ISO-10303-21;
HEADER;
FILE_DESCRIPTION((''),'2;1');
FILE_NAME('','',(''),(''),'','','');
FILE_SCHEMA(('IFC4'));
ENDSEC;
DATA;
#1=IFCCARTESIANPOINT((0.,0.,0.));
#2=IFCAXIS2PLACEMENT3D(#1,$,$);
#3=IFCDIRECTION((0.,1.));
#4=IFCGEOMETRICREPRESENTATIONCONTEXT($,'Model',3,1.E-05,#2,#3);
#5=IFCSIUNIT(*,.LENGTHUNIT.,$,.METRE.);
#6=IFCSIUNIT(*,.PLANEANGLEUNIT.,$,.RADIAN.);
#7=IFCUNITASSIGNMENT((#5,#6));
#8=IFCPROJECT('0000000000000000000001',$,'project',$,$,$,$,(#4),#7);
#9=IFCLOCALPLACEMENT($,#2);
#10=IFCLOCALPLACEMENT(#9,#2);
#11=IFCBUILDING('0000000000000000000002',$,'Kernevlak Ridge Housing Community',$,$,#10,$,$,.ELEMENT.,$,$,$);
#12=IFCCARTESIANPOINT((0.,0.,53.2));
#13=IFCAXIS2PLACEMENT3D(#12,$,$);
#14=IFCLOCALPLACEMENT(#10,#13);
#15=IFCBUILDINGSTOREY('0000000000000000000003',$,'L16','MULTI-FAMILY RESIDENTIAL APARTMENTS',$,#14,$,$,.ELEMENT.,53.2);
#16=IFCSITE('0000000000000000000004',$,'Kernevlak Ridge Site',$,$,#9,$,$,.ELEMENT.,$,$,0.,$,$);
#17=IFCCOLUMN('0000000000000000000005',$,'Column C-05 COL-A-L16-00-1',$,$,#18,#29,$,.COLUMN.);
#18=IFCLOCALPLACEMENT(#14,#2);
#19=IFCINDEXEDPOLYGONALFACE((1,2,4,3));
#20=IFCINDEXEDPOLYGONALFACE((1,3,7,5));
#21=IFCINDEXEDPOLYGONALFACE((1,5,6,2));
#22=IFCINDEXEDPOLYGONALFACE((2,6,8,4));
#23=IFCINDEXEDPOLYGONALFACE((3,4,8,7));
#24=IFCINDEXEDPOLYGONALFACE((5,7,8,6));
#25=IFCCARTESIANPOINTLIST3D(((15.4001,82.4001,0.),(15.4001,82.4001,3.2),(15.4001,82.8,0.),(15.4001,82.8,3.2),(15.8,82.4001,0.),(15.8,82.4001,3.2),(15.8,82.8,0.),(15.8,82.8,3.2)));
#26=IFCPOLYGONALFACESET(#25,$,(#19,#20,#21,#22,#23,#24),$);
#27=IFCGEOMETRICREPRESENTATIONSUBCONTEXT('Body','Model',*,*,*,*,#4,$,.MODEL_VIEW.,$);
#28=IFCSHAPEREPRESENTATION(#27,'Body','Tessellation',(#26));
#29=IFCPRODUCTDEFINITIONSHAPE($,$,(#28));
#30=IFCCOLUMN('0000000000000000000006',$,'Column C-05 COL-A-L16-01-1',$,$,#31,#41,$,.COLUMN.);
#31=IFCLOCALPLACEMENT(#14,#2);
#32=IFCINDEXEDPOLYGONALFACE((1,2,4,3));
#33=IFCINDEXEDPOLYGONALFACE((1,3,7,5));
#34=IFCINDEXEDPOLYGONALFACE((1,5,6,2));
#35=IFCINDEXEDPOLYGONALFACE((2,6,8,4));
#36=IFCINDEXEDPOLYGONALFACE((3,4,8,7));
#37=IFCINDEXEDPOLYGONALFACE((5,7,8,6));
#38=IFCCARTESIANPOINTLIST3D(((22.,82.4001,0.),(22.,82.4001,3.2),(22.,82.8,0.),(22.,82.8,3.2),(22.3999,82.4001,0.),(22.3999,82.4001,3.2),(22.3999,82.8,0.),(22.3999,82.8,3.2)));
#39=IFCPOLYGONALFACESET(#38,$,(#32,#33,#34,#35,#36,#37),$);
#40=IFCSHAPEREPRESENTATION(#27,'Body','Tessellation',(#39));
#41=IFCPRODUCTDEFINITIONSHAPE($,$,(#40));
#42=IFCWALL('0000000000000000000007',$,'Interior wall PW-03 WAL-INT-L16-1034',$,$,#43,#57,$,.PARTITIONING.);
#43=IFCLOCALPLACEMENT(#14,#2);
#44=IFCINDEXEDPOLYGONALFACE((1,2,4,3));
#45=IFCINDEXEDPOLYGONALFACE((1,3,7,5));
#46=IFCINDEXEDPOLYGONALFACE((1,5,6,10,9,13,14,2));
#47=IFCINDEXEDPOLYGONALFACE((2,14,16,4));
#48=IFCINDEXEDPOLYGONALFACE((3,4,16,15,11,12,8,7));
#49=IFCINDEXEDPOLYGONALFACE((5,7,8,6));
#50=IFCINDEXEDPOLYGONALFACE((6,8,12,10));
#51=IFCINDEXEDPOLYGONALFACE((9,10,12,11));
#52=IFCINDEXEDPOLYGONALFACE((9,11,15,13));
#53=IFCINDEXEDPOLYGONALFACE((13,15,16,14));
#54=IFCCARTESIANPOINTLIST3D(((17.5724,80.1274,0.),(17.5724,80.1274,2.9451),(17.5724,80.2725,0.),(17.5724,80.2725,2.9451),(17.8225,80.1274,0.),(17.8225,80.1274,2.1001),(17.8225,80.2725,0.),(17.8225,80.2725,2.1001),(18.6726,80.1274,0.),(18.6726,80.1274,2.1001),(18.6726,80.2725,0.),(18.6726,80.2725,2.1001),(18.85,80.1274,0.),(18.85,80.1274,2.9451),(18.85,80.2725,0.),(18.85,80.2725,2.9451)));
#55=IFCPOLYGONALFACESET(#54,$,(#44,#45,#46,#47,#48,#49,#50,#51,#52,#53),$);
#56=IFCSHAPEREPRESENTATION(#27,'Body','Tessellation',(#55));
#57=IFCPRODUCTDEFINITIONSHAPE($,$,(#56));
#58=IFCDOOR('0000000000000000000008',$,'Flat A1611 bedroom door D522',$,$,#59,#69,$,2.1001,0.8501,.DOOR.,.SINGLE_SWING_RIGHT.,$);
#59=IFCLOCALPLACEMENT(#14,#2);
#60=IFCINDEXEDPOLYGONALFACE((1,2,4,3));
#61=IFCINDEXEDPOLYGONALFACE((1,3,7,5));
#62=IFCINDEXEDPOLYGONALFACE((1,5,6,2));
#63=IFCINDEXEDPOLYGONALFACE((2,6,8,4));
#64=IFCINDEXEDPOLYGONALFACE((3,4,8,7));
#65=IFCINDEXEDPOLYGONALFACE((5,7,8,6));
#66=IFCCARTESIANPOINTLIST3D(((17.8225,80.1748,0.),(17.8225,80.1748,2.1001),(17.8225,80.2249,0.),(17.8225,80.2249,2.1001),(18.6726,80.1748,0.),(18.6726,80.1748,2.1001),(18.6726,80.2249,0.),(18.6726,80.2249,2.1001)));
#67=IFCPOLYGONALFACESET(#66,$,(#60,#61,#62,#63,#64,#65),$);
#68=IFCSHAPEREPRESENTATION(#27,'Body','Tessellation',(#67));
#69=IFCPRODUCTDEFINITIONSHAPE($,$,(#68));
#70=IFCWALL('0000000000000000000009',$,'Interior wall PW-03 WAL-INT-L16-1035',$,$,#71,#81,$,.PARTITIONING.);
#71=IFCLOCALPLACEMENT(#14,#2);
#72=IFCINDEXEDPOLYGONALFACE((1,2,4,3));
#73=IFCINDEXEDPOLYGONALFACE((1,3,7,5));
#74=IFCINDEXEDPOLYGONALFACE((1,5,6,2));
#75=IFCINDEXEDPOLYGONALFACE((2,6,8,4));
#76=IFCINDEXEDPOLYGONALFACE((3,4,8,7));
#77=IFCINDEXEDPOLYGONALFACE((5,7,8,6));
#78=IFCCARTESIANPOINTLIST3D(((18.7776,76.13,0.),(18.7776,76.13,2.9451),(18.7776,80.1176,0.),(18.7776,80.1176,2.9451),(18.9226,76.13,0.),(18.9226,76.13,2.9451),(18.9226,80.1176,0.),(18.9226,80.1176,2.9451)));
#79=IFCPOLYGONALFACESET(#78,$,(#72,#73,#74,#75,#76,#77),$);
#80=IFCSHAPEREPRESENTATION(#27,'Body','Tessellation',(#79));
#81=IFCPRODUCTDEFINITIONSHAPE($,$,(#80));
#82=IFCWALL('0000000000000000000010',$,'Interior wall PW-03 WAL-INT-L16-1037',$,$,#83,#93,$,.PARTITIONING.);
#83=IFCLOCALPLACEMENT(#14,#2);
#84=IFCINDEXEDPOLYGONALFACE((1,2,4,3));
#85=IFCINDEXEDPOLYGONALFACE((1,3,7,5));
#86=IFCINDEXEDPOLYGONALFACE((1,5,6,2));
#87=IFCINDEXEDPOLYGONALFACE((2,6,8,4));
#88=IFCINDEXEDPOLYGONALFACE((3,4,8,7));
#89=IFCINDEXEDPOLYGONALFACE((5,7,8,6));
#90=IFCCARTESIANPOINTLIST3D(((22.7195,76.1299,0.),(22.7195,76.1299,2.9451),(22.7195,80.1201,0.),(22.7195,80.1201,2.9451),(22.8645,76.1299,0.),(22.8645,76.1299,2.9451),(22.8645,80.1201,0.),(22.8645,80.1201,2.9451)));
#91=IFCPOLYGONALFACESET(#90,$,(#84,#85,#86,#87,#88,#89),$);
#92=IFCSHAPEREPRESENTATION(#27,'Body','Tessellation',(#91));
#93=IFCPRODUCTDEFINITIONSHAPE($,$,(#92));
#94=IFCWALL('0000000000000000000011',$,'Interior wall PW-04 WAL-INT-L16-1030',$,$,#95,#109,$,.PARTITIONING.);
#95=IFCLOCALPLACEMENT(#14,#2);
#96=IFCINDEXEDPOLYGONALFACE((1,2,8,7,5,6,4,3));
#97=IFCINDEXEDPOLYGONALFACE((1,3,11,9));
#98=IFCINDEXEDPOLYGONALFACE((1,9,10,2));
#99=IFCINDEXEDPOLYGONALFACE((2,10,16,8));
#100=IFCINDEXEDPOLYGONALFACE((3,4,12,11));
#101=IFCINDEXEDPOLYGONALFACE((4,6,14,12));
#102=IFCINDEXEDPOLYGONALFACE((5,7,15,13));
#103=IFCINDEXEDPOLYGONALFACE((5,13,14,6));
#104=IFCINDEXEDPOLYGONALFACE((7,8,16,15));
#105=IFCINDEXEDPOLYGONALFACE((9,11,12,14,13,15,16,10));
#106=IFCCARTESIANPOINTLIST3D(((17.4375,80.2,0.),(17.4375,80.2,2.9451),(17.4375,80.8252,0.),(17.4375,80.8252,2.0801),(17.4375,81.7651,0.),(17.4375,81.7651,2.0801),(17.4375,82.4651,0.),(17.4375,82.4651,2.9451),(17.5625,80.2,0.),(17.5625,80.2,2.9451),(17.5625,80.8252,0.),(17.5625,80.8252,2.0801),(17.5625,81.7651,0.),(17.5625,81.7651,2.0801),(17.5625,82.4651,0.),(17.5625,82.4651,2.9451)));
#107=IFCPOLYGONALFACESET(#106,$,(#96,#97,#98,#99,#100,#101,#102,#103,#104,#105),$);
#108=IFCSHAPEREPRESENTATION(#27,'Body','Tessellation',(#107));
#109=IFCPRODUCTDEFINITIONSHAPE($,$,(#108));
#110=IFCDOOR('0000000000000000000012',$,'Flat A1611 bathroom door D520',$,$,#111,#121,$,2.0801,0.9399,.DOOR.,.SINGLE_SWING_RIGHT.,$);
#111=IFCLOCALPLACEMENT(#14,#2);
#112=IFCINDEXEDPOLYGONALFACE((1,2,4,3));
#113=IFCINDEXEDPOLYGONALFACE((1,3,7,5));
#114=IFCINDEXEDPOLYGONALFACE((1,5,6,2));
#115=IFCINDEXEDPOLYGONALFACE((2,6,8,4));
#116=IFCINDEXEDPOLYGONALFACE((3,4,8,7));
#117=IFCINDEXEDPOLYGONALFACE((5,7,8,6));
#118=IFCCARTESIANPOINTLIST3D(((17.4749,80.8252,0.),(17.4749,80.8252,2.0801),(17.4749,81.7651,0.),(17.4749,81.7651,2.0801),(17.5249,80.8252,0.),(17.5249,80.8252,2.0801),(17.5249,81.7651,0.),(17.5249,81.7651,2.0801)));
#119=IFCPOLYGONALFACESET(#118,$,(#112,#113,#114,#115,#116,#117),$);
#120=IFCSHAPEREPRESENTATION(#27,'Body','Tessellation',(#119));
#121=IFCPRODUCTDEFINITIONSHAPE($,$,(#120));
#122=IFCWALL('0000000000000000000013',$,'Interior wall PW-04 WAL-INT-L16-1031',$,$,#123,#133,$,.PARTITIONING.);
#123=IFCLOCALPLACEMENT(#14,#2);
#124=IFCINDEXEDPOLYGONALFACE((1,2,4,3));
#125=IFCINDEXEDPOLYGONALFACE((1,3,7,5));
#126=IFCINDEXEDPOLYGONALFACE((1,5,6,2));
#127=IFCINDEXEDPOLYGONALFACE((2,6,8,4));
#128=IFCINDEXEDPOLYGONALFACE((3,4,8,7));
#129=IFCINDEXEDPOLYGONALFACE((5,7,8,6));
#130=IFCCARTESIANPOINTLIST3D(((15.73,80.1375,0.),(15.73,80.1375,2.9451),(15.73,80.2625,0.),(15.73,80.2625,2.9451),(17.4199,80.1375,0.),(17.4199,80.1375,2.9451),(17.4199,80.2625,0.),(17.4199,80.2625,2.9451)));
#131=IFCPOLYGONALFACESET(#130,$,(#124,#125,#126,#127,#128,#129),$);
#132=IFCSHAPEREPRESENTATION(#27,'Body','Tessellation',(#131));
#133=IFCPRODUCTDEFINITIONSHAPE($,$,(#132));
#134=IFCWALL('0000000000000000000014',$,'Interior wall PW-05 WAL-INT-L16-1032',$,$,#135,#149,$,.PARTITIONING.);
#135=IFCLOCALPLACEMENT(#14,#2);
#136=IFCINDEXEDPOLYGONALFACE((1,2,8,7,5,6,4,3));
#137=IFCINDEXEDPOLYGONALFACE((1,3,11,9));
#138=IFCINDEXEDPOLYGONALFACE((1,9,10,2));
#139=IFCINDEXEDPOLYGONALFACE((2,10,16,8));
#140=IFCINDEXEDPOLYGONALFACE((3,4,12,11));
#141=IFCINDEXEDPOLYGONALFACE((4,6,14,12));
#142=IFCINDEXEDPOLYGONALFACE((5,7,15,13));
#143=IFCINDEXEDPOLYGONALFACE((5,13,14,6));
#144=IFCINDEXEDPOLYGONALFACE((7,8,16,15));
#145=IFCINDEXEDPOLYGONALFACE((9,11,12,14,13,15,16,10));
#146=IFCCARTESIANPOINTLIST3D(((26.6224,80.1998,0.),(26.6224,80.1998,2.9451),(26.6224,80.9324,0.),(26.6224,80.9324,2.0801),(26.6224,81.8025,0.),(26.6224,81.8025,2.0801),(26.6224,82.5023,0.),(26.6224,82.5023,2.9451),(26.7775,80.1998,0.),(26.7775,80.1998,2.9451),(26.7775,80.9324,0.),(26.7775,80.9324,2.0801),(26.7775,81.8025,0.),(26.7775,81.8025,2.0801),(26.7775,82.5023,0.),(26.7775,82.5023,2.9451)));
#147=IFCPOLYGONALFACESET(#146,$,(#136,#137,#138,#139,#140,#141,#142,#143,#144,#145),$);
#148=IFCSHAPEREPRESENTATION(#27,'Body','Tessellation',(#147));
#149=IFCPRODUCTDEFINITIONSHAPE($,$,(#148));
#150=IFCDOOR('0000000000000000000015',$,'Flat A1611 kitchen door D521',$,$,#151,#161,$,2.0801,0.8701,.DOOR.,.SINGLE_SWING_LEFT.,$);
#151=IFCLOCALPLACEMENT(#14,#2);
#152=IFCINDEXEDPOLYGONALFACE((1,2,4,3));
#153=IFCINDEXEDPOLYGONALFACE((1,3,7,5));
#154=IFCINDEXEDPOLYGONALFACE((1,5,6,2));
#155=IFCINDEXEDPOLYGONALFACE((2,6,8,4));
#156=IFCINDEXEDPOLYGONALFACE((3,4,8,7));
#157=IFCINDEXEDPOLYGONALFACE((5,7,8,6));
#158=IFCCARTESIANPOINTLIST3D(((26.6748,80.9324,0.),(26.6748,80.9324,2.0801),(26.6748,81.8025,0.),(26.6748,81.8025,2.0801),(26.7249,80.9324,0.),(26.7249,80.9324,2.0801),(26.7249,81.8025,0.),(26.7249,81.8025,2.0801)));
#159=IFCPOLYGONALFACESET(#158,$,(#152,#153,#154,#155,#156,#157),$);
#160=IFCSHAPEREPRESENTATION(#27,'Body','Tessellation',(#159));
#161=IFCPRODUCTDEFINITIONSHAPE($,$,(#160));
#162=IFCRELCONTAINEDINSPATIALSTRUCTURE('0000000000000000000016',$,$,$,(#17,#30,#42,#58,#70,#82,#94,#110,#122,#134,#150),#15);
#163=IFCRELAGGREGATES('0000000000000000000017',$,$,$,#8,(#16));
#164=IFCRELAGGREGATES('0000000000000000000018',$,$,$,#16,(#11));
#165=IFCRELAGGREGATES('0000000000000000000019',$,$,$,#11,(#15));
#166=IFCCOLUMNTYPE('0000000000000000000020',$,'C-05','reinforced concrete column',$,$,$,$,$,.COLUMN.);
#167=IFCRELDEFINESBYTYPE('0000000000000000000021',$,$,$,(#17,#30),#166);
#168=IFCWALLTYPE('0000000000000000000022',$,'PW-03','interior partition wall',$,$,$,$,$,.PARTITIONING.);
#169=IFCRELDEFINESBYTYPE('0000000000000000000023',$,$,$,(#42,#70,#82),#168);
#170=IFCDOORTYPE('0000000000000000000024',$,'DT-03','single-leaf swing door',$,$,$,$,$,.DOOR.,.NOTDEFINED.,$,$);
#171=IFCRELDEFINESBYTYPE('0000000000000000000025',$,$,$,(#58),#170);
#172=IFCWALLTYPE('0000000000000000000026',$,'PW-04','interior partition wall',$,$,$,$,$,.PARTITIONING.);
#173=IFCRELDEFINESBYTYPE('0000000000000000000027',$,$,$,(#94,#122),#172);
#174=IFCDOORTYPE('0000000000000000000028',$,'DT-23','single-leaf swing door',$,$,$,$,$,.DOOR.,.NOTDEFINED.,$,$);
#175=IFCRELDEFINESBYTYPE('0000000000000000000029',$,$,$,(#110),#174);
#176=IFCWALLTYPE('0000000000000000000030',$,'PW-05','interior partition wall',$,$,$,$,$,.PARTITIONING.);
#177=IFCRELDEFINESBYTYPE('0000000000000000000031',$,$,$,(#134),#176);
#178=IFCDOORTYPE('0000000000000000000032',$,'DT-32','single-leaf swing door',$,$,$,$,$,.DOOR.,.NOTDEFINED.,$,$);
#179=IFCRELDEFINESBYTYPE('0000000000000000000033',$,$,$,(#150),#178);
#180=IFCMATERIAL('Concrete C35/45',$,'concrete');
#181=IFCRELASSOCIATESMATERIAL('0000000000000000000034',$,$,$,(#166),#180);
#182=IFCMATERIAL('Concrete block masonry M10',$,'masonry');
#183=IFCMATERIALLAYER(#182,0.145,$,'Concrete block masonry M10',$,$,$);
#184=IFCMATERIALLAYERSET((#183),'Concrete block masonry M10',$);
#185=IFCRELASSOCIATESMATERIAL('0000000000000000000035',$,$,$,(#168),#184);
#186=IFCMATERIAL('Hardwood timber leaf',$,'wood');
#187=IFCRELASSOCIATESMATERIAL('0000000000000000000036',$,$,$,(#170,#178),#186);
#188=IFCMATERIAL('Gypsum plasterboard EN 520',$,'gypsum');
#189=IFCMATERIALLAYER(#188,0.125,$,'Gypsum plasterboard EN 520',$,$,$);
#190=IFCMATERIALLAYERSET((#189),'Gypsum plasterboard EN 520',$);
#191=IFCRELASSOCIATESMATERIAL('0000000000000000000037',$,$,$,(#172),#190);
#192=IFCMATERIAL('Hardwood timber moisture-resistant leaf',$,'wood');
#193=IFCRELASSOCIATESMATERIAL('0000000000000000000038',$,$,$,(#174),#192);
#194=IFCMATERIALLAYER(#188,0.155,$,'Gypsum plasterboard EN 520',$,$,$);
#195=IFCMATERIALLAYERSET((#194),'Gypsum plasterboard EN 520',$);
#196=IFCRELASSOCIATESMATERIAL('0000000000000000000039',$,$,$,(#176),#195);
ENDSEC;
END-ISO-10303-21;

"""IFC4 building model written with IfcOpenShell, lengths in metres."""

from ifc_helpers import new_model, si_unit, direction, frame, frame_2d, origin, origin_2d, place, context, subcontext, project, spatial, rectangle, extrude, material, layer, layer_set, material_profile, profile_set, type_object, element, fill, save


model = new_model("IFC4")

# Units and contexts
model_context = context("Model", 3, precision=1e-05, world=origin(), true_north=direction((0.0, 1.0)))
body_context = subcontext(model_context, "Body", "Model", "MODEL_VIEW")
ifc_project = project(units=[si_unit("LENGTHUNIT", "METRE"), si_unit("PLANEANGLEUNIT", "RADIAN")], contexts=[model_context])

# Site, building, storey
site_placement = place(None, origin())
site = spatial("IfcSite", under=ifc_project, at=site_placement, Name="Kernevlak Ridge Site", CompositionType="ELEMENT", RefElevation=0.0)
building_placement = place(site_placement, origin())
building = spatial("IfcBuilding", under=site, at=building_placement, Name="Kernevlak Ridge Housing Community", CompositionType="ELEMENT")
storey_placement = place(building_placement, frame((0.0, 0.0, 53.2)))
storey = spatial("IfcBuildingStorey", under=building, at=storey_placement, Name="L16", Description="MULTI-FAMILY RESIDENTIAL APARTMENTS", CompositionType="ELEMENT", Elevation=53.2)

# Columns
ifc_material_1 = material(Name="Concrete C35/45", Category="concrete")
ifc_material_profile = material_profile(ifc_material_1, rectangle(XDim=0.3999, YDim=0.3999, at=origin_2d()), Name="RC 400x400")
ifc_profile_set = profile_set([ifc_material_profile], Name="Concrete C35/45")
column_type = type_object("IfcColumnType", Name="C-05", Description="reinforced concrete column", PredefinedType="COLUMN", material=ifc_profile_set)
for number, where, z_axis, x_axis, name in (
    (1, (15.6001, 82.6001, 0.0), (0.0, 0.0, 1.0), (1.0, 0.0, 0.0), "Column C-05 COL-A-L16-00-1"),
    (2, (22.2, 82.6001, 0.0), (0.0, 0.0, 1.0), (1.0, 0.0, 0.0), "Column C-05 COL-A-L16-01-1"),
):
    element("IfcColumn", number, at=place(storey_placement, frame(where, z_axis=z_axis, x_axis=x_axis)), inside=storey, type_object=column_type, Name=name, PredefinedType="COLUMN", context=body_context, shape_type="SweptSolid", body=[
        extrude(rectangle(XDim=0.3999, YDim=0.3999, at=origin_2d()), origin(), (0.0, 0.0, 1.0), 3.2),
    ])

# Wall, opening, door
ifc_material_2 = material(Name="Concrete block masonry M10", Category="masonry")
ifc_layer_1 = layer(ifc_material_2, 0.145, Name="Concrete block masonry M10")
ifc_layer_set_1 = layer_set([ifc_layer_1], Name="Concrete block masonry M10")
wall_type_1 = type_object("IfcWallType", Name="PW-03", Description="interior partition wall", PredefinedType="PARTITIONING", material=ifc_layer_set_1)
wall_1_placement = place(storey_placement, frame((17.5725, 80.2, 0.0), z_axis=(0.0, 0.0, 1.0), x_axis=(1.0, 0.0, 0.0)))
wall_1 = element("IfcWall", 3, at=wall_1_placement, inside=storey, type_object=wall_type_1, Name="Interior wall PW-03 WAL-INT-L16-1034", PredefinedType="PARTITIONING", context=body_context, shape_type="SweptSolid", body=[
    extrude(rectangle(XDim=1.2776, YDim=0.145, at=frame_2d((0.6387, 0.0))), origin(), (0.0, 0.0, 1.0), 2.9451),
])
opening_1_placement = place(wall_1_placement, frame((0.25, 0.0, 0.0)))
opening_1 = element("IfcOpeningElement", 4, at=opening_1_placement, cuts=wall_1, PredefinedType="OPENING", context=body_context, shape_type="SweptSolid", body=[
    extrude(rectangle(XDim=0.8501, YDim=2.1001, at=frame_2d((0.425, 1.05))), frame((0.0, 0.0825, 0.0), z_axis=(0.0, -1.0, 0.0), x_axis=(1.0, 0.0, 0.0)), (0.0, 0.0, 1.0), 0.165),
])
ifc_material_3 = material(Name="Hardwood timber leaf", Category="wood")
door_type_1 = type_object("IfcDoorType", Name="DT-03", Description="single-leaf swing door", OperationType="NOTDEFINED", PredefinedType="DOOR", material=ifc_material_3)
door_1_placement = place(opening_1_placement, origin())
door_1 = element("IfcDoor", 5, at=door_1_placement, inside=storey, type_object=door_type_1, Name="Flat A1611 bedroom door D522", OperationType="SINGLE_SWING_RIGHT", OverallHeight=2.1001, OverallWidth=0.8501, PredefinedType="DOOR", context=body_context, shape_type="SweptSolid", body=[
    extrude(rectangle(XDim=0.8501, YDim=2.1001, at=frame_2d((0.425, 1.05))), frame((0.0, 0.0249, 0.0), z_axis=(0.0, -1.0, 0.0), x_axis=(1.0, 0.0, 0.0)), (0.0, 0.0, 1.0), 0.05),
])
fill(opening_1, door_1)

# Walls
wall_2_placement = place(storey_placement, frame((18.8501, 80.1174, 0.0), z_axis=(0.0, 0.0, 1.0), x_axis=(0.0, -1.0, 0.0)))
element("IfcWall", 6, at=wall_2_placement, inside=storey, type_object=wall_type_1, Name="Interior wall PW-03 WAL-INT-L16-1035", PredefinedType="PARTITIONING", context=body_context, shape_type="SweptSolid", body=[
    extrude(rectangle(XDim=3.9875, YDim=0.145, at=frame_2d((1.9937, 0.0))), origin(), (0.0, 0.0, 1.0), 2.9451),
])
wall_3_placement = place(storey_placement, frame((22.792, 80.1201, 0.0), z_axis=(0.0, 0.0, 1.0), x_axis=(0.0, -1.0, 0.0)))
element("IfcWall", 7, at=wall_3_placement, inside=storey, type_object=wall_type_1, Name="Interior wall PW-03 WAL-INT-L16-1037", PredefinedType="PARTITIONING", context=body_context, shape_type="SweptSolid", body=[
    extrude(rectangle(XDim=3.9902, YDim=0.145, at=frame_2d((1.9951, 0.0))), origin(), (0.0, 0.0, 1.0), 2.9451),
])

# Wall, opening, door
ifc_material_4 = material(Name="Gypsum plasterboard EN 520", Category="gypsum")
ifc_layer_2 = layer(ifc_material_4, 0.125, Name="Gypsum plasterboard EN 520")
ifc_layer_set_2 = layer_set([ifc_layer_2], Name="Gypsum plasterboard EN 520")
wall_type_2 = type_object("IfcWallType", Name="PW-04", Description="interior partition wall", PredefinedType="PARTITIONING", material=ifc_layer_set_2)
wall_4_placement = place(storey_placement, frame((17.5, 82.4651, 0.0), z_axis=(0.0, 0.0, 1.0), x_axis=(0.0, -1.0, 0.0)))
wall_4 = element("IfcWall", 8, at=wall_4_placement, inside=storey, type_object=wall_type_2, Name="Interior wall PW-04 WAL-INT-L16-1030", PredefinedType="PARTITIONING", context=body_context, shape_type="SweptSolid", body=[
    extrude(rectangle(XDim=2.2651, YDim=0.125, at=frame_2d((1.1326, 0.0))), origin(), (0.0, 0.0, 1.0), 2.9451),
])
opening_2_placement = place(wall_4_placement, frame((0.7, 0.0, 0.0)))
opening_2 = element("IfcOpeningElement", 9, at=opening_2_placement, cuts=wall_4, PredefinedType="OPENING", context=body_context, shape_type="SweptSolid", body=[
    extrude(rectangle(XDim=0.9399, YDim=2.0801, at=frame_2d((0.47, 1.04))), frame((0.0, 0.0725, 0.0), z_axis=(0.0, -1.0, 0.0), x_axis=(1.0, 0.0, 0.0)), (0.0, 0.0, 1.0), 0.145),
])
ifc_material_5 = material(Name="Hardwood timber moisture-resistant leaf", Category="wood")
door_type_2 = type_object("IfcDoorType", Name="DT-23", Description="single-leaf swing door", OperationType="NOTDEFINED", PredefinedType="DOOR", material=ifc_material_5)
door_2_placement = place(opening_2_placement, origin())
door_2 = element("IfcDoor", 10, at=door_2_placement, inside=storey, type_object=door_type_2, Name="Flat A1611 bathroom door D520", OperationType="SINGLE_SWING_RIGHT", OverallHeight=2.0801, OverallWidth=0.9399, PredefinedType="DOOR", context=body_context, shape_type="SweptSolid", body=[
    extrude(rectangle(XDim=0.9399, YDim=2.0801, at=frame_2d((0.47, 1.04))), frame((0.0, 0.0249, 0.0), z_axis=(0.0, -1.0, 0.0), x_axis=(1.0, 0.0, 0.0)), (0.0, 0.0, 1.0), 0.05),
])
fill(opening_2, door_2)

# Wall
wall_5_placement = place(storey_placement, frame((15.73, 80.2, 0.0), z_axis=(0.0, 0.0, 1.0), x_axis=(1.0, 0.0, 0.0)))
element("IfcWall", 11, at=wall_5_placement, inside=storey, type_object=wall_type_2, Name="Interior wall PW-04 WAL-INT-L16-1031", PredefinedType="PARTITIONING", context=body_context, shape_type="SweptSolid", body=[
    extrude(rectangle(XDim=1.6899, YDim=0.125, at=frame_2d((0.845, 0.0))), origin(), (0.0, 0.0, 1.0), 2.9451),
])

# Wall, opening, door
ifc_layer_3 = layer(ifc_material_4, 0.155, Name="Gypsum plasterboard EN 520")
ifc_layer_set_3 = layer_set([ifc_layer_3], Name="Gypsum plasterboard EN 520")
wall_type_3 = type_object("IfcWallType", Name="PW-05", Description="interior partition wall", PredefinedType="PARTITIONING", material=ifc_layer_set_3)
wall_6_placement = place(storey_placement, frame((26.7, 82.5024, 0.0), z_axis=(0.0, 0.0, 1.0), x_axis=(0.0, -1.0, 0.0)))
wall_6 = element("IfcWall", 12, at=wall_6_placement, inside=storey, type_object=wall_type_3, Name="Interior wall PW-05 WAL-INT-L16-1032", PredefinedType="PARTITIONING", context=body_context, shape_type="SweptSolid", body=[
    extrude(rectangle(XDim=2.3025, YDim=0.155, at=frame_2d((1.1514, 0.0))), origin(), (0.0, 0.0, 1.0), 2.9451),
])
opening_3_placement = place(wall_6_placement, frame((0.7, 0.0, 0.0)))
opening_3 = element("IfcOpeningElement", 13, at=opening_3_placement, cuts=wall_6, PredefinedType="OPENING", context=body_context, shape_type="SweptSolid", body=[
    extrude(rectangle(XDim=0.8701, YDim=2.0801, at=frame_2d((0.4351, 1.04))), frame((0.0, 0.0874, 0.0), z_axis=(0.0, -1.0, 0.0), x_axis=(1.0, 0.0, 0.0)), (0.0, 0.0, 1.0), 0.175),
])
door_type_3 = type_object("IfcDoorType", Name="DT-32", Description="single-leaf swing door", OperationType="NOTDEFINED", PredefinedType="DOOR", material=ifc_material_3)
door_3_placement = place(opening_3_placement, origin())
door_3 = element("IfcDoor", 14, at=door_3_placement, inside=storey, type_object=door_type_3, Name="Flat A1611 kitchen door D521", OperationType="SINGLE_SWING_LEFT", OverallHeight=2.0801, OverallWidth=0.8701, PredefinedType="DOOR", context=body_context, shape_type="SweptSolid", body=[
    extrude(rectangle(XDim=0.8701, YDim=2.0801, at=frame_2d((0.4351, 1.04))), frame((0.0, 0.0249, 0.0), z_axis=(0.0, -1.0, 0.0), x_axis=(1.0, 0.0, 0.0)), (0.0, 0.0, 1.0), 0.05),
])
fill(opening_3, door_3)

save(model, "model.ifc")
